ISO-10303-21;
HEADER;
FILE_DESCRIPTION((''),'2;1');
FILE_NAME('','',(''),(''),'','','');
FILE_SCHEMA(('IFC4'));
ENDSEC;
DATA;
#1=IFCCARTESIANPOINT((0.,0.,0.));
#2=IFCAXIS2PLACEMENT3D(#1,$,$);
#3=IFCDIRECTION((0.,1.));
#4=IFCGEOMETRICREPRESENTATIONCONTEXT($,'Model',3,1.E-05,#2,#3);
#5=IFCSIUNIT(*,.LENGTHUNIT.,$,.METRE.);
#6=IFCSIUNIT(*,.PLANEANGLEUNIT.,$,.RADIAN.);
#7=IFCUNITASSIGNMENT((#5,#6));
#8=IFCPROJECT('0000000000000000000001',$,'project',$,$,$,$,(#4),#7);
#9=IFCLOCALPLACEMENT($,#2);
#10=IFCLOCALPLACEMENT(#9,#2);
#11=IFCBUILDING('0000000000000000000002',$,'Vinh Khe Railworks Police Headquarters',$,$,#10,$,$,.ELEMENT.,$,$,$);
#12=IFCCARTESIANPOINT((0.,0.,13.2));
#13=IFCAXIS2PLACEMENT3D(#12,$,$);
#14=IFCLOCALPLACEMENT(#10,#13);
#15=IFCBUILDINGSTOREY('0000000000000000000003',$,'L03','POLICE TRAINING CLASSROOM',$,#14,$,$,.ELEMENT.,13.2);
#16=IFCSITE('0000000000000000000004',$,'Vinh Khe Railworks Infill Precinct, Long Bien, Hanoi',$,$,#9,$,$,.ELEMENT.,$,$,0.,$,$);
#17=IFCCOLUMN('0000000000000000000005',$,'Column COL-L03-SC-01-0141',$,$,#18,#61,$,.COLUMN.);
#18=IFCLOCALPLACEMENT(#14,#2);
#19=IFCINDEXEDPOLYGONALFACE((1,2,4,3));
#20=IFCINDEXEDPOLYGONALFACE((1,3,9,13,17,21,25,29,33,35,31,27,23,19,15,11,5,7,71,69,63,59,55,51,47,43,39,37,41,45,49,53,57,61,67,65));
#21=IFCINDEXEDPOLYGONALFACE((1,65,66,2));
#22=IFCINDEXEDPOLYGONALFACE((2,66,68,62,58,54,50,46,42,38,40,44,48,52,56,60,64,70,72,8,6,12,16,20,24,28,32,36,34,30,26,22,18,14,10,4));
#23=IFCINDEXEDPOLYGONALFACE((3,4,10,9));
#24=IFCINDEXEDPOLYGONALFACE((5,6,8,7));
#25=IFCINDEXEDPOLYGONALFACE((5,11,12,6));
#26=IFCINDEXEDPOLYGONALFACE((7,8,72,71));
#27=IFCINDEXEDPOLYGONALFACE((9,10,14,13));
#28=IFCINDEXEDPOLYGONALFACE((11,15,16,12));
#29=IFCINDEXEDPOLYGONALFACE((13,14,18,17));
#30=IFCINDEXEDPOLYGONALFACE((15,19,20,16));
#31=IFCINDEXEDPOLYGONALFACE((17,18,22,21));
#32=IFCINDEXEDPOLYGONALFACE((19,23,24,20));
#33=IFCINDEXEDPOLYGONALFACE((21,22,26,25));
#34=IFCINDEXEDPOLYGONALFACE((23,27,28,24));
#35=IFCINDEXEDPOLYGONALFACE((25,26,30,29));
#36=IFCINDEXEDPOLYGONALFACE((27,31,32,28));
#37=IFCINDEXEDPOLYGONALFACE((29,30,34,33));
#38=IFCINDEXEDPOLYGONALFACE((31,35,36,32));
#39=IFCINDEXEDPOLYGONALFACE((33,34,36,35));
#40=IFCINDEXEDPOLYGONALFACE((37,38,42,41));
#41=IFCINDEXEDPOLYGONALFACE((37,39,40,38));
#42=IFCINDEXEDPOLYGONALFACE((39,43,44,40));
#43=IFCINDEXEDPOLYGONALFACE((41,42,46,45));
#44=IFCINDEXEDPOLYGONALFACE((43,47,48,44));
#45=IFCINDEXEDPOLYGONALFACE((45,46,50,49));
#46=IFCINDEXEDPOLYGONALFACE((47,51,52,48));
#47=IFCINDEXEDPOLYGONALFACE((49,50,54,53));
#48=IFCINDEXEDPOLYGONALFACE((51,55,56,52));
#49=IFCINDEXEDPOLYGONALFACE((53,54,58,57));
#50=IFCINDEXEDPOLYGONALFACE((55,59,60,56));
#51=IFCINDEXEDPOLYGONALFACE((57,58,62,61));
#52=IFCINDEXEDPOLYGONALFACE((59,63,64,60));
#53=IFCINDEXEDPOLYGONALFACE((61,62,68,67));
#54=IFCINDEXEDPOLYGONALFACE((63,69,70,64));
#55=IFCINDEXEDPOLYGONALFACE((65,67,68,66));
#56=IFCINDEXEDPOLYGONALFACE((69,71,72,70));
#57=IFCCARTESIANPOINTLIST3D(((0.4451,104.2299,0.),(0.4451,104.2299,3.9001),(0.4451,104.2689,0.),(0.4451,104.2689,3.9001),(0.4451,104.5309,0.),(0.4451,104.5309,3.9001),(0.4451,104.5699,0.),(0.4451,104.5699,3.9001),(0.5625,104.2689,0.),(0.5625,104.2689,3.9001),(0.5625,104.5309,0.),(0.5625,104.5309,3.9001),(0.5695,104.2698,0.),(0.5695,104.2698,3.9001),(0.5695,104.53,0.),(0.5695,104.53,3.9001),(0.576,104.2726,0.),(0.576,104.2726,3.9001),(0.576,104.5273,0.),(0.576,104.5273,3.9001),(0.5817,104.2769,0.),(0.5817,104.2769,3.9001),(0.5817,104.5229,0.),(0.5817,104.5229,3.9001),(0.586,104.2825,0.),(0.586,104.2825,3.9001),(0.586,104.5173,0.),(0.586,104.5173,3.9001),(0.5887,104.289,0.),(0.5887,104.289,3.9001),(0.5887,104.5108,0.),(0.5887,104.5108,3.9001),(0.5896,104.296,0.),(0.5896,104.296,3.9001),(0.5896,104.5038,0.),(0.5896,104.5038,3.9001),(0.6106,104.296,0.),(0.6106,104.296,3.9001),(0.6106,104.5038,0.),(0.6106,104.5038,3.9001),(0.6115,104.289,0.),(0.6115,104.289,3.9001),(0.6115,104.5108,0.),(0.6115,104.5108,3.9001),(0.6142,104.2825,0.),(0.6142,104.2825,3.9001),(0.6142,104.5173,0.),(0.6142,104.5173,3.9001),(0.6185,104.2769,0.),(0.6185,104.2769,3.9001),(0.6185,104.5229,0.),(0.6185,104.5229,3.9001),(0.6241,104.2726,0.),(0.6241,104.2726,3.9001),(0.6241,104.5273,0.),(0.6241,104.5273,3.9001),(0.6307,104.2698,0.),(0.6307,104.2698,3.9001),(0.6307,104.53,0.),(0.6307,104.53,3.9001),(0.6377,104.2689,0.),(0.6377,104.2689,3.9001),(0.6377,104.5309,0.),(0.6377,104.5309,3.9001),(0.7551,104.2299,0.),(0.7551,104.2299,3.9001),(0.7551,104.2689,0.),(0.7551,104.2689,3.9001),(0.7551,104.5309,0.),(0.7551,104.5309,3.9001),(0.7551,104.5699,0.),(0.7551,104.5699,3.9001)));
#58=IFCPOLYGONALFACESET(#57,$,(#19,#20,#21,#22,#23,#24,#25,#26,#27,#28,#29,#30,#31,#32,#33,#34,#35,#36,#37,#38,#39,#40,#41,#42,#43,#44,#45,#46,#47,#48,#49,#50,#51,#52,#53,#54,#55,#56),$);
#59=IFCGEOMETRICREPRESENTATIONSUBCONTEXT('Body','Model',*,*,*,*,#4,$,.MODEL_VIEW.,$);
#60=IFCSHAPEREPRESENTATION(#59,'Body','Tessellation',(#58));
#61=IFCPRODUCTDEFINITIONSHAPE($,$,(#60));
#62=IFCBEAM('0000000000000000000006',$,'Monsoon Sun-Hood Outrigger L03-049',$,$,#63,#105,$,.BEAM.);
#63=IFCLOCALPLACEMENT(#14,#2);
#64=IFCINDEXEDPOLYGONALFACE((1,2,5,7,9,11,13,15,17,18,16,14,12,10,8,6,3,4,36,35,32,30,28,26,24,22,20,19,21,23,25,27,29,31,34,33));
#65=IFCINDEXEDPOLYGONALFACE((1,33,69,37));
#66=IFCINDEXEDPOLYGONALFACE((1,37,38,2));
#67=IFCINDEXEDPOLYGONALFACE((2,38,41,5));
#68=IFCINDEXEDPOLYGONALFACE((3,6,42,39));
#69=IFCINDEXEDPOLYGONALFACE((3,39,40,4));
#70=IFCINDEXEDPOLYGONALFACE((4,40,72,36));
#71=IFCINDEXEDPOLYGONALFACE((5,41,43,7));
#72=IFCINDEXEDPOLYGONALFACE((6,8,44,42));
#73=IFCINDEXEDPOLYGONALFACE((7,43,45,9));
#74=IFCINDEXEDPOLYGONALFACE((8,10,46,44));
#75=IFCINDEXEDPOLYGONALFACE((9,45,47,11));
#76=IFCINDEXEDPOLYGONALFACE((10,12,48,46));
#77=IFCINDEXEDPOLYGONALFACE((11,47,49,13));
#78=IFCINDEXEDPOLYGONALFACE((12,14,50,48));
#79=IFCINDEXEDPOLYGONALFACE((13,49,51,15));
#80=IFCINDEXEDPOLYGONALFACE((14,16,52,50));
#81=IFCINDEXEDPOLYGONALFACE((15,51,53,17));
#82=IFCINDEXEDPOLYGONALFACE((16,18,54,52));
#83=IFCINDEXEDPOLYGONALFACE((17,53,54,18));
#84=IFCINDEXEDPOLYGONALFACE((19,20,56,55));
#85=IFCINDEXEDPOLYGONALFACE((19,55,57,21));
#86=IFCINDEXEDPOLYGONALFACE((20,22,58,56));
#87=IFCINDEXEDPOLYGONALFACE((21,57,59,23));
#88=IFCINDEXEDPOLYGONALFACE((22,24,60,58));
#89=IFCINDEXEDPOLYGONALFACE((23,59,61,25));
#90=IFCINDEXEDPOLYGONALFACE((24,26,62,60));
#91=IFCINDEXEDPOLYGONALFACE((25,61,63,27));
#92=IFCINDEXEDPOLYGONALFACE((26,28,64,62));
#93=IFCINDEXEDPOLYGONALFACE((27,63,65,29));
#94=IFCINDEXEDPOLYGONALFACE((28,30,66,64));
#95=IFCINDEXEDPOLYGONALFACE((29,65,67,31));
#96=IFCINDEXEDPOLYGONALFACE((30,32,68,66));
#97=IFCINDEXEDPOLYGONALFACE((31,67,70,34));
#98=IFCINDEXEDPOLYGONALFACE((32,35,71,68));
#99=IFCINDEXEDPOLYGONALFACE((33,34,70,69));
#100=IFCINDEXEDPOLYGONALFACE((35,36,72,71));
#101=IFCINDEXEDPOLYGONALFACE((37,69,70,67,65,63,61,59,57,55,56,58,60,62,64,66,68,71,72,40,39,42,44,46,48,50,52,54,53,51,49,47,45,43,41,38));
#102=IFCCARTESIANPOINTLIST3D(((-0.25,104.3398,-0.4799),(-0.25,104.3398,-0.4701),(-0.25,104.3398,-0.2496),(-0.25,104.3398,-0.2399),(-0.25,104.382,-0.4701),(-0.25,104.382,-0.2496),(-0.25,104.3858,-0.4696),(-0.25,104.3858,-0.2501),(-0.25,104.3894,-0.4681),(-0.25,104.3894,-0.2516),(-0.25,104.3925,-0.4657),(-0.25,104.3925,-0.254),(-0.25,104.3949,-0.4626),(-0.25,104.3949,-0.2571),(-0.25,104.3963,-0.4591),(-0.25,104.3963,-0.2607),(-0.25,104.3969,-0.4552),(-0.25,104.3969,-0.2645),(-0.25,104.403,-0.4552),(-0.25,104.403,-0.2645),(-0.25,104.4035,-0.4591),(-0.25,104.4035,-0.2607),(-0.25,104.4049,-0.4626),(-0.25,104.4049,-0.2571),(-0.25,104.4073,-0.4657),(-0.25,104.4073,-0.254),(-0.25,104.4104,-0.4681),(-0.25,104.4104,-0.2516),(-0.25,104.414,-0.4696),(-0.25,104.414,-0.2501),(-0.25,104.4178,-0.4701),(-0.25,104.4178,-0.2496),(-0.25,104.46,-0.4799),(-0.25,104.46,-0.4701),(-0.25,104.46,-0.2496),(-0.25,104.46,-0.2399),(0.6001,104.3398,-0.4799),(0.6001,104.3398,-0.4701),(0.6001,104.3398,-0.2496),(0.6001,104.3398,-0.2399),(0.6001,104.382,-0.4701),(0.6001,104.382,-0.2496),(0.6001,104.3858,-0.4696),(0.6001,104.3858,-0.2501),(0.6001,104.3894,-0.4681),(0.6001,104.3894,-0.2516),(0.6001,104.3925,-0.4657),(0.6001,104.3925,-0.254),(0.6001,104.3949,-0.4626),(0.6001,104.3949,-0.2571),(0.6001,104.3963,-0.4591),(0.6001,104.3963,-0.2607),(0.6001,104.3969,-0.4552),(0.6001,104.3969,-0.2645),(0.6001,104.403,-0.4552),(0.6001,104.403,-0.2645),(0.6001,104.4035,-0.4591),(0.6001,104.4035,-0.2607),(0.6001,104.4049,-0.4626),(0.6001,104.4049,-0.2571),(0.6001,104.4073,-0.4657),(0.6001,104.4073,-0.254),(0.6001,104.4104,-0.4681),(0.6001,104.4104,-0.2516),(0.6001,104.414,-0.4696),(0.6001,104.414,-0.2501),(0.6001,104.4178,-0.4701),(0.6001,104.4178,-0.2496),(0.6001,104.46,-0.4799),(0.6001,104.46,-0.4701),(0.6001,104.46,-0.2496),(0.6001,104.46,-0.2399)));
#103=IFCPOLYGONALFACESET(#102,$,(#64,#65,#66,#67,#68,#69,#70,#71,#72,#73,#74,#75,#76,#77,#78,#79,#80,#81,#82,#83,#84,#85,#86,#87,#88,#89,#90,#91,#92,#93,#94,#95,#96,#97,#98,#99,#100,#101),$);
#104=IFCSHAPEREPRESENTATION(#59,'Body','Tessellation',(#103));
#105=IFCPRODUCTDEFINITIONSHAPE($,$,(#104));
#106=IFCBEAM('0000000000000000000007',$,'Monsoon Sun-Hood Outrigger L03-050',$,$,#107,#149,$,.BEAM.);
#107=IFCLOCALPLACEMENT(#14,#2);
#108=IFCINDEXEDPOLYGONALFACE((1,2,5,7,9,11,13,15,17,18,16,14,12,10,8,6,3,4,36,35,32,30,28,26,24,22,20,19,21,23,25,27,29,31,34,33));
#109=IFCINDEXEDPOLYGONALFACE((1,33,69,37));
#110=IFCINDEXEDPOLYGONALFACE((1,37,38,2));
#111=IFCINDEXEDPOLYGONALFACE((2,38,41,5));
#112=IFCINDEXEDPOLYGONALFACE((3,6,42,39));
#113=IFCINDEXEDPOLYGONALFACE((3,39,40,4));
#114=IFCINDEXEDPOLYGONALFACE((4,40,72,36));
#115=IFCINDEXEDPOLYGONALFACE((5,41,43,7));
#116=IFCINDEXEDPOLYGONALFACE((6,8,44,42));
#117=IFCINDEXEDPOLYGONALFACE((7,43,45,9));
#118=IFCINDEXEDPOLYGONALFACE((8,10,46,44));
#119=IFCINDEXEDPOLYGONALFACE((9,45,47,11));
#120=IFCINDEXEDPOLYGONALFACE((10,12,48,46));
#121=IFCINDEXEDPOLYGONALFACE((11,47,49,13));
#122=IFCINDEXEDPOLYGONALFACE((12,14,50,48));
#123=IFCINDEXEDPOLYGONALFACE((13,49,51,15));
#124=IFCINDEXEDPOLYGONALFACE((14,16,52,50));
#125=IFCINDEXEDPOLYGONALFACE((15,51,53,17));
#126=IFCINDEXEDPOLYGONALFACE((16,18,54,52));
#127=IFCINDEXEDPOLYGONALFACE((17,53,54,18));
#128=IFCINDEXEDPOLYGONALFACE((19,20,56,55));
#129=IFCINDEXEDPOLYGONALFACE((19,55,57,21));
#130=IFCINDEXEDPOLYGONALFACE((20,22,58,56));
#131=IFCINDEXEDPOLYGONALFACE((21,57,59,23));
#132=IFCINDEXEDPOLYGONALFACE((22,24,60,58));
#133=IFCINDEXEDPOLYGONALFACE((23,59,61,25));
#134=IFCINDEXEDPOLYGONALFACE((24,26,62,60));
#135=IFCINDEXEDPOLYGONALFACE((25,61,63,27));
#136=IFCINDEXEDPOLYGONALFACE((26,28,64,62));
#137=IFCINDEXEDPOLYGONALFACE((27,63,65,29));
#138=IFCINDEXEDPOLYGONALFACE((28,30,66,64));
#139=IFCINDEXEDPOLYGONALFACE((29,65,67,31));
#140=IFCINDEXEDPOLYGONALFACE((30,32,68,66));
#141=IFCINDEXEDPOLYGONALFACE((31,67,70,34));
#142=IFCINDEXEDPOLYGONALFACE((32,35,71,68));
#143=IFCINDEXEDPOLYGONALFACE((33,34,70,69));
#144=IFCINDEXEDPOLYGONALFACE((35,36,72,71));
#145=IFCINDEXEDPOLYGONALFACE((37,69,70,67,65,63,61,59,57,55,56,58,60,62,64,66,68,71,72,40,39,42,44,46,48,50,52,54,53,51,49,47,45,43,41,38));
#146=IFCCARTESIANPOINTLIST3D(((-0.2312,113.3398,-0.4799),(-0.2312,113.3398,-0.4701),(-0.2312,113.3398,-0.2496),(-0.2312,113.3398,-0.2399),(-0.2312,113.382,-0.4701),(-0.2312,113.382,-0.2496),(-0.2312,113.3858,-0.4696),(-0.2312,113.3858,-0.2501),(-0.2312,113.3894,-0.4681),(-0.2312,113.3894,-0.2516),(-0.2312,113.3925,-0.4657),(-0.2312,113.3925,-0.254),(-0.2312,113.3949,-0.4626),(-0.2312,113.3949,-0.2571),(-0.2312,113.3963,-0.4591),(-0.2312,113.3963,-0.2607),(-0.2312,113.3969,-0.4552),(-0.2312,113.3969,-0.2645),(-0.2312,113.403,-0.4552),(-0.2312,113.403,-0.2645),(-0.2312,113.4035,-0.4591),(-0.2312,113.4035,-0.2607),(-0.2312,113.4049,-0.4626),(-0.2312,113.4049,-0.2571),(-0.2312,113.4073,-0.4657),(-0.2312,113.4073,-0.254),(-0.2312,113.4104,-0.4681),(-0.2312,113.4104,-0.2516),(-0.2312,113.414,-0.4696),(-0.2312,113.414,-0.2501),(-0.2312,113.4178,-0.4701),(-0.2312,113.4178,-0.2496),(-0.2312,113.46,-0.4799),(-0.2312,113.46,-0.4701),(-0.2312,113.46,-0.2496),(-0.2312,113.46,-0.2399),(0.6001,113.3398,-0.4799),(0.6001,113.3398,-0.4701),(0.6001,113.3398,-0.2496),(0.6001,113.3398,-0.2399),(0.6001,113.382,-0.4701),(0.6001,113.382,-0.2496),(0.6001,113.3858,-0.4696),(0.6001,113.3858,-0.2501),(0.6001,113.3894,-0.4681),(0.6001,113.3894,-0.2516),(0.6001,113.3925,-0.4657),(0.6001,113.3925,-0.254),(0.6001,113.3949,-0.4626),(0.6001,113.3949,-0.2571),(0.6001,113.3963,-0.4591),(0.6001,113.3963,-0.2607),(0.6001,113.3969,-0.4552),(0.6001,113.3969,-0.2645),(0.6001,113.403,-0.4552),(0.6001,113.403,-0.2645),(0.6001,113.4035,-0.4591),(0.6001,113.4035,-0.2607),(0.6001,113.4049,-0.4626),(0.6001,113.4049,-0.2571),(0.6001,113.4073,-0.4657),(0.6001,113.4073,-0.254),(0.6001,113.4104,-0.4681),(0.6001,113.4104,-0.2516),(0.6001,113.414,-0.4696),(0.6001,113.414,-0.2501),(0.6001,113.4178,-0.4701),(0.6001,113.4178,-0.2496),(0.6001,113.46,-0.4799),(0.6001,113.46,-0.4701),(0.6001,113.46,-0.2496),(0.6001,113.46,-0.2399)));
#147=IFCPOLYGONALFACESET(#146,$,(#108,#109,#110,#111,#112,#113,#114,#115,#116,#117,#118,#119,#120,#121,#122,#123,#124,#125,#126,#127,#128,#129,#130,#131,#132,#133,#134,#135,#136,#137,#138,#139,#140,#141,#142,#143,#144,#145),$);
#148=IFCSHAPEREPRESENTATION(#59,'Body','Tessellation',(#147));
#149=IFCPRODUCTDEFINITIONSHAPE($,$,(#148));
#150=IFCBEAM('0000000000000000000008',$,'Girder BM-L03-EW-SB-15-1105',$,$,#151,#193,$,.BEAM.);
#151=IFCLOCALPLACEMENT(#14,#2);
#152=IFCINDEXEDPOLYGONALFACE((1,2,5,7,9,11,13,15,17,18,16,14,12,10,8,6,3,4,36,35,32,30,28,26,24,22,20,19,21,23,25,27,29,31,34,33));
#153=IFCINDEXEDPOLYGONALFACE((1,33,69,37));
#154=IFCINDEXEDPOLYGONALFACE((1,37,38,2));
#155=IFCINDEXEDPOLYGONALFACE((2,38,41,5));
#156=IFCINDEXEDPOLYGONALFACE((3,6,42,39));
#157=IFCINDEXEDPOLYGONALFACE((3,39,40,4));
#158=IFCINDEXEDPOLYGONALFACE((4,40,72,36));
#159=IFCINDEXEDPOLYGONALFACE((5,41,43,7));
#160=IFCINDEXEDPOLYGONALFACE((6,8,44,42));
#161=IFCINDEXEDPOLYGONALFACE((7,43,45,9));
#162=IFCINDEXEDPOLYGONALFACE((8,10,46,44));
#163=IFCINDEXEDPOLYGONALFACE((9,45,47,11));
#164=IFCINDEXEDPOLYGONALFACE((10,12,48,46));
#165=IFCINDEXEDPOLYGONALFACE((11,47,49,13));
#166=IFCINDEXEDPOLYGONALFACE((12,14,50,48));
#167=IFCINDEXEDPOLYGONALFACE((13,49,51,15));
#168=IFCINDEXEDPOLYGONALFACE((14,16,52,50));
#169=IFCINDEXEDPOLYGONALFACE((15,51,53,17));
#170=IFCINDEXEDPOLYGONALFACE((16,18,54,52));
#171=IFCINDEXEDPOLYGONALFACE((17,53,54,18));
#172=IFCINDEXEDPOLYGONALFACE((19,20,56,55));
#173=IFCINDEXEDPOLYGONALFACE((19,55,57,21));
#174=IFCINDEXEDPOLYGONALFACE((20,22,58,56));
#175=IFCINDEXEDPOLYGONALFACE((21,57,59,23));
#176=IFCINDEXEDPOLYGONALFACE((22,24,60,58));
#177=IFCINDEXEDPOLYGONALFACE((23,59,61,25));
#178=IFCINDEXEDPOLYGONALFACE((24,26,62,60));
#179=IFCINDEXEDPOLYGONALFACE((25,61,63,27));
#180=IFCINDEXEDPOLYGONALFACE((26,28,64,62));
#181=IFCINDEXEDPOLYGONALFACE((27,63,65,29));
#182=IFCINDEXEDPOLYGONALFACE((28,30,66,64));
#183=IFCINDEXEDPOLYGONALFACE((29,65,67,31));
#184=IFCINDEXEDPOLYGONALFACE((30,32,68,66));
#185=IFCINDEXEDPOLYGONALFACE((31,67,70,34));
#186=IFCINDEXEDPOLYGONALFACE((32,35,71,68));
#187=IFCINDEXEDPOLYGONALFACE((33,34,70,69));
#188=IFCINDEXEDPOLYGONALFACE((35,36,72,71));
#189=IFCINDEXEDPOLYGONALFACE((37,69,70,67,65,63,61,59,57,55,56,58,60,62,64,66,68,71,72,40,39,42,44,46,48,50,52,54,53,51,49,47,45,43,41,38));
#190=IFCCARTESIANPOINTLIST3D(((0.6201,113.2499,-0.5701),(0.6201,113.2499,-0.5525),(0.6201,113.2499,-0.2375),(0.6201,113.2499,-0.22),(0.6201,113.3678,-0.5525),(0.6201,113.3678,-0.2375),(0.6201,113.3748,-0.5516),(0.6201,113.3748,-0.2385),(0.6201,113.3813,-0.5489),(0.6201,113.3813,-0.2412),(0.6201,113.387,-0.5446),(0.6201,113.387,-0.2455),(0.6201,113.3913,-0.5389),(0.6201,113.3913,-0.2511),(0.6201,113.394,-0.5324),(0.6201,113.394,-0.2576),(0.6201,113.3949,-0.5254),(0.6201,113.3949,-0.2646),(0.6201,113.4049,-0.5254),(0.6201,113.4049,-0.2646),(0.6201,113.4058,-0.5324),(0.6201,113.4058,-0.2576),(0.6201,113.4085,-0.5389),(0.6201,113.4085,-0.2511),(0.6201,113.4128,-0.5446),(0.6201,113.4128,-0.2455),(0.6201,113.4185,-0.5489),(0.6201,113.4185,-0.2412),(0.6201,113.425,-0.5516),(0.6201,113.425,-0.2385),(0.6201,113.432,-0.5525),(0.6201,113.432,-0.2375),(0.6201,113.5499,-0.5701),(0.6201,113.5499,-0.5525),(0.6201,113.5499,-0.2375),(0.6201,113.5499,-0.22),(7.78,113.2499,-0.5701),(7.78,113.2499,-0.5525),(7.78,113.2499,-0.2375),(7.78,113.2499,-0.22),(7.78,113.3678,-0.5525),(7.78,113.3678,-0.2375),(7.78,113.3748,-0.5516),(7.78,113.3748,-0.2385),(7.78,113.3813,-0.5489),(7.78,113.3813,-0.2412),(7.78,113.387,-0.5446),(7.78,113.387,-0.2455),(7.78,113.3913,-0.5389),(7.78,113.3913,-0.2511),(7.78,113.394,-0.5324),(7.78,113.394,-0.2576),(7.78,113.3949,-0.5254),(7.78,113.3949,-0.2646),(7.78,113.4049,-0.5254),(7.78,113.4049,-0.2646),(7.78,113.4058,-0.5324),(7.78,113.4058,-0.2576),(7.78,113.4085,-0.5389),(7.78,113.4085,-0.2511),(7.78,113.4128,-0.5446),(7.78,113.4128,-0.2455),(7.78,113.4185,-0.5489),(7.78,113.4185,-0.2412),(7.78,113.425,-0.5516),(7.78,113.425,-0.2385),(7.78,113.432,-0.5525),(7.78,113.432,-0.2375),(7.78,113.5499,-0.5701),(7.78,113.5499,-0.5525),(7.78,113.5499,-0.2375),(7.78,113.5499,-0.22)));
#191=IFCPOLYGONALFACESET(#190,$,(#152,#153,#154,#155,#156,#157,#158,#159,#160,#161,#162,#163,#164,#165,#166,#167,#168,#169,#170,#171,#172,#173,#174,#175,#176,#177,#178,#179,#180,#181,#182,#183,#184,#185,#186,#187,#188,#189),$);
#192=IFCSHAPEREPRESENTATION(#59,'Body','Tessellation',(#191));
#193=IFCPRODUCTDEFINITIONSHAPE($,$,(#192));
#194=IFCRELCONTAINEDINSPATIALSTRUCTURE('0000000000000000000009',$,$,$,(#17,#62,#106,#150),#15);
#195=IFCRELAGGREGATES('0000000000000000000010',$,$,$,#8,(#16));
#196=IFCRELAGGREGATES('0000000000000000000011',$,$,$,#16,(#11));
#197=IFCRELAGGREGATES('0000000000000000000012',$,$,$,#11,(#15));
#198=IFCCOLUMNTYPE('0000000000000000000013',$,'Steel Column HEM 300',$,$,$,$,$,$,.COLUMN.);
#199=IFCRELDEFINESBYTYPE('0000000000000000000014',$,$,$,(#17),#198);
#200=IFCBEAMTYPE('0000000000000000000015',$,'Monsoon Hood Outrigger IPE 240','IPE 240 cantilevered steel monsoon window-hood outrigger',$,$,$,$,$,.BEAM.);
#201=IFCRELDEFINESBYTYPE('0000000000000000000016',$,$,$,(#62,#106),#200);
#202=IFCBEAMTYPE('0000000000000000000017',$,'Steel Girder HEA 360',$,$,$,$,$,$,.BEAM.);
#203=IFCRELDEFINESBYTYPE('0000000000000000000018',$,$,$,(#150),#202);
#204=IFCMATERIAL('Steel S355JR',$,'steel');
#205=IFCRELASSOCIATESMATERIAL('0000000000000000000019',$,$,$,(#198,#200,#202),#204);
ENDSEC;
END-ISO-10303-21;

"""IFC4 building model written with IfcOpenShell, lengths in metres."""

from ifc_helpers import new_model, si_unit, direction, frame, origin, origin_2d, place, context, subcontext, project, spatial, i_section, extrude, material, material_profile, profile_set, type_object, element, save


model = new_model("IFC4")

# Units and contexts
model_context = context("Model", 3, precision=1e-05, world=origin(), true_north=direction((0.0, 1.0)))
body_context = subcontext(model_context, "Body", "Model", "MODEL_VIEW")
ifc_project = project(units=[si_unit("LENGTHUNIT", "METRE"), si_unit("PLANEANGLEUNIT", "RADIAN")], contexts=[model_context])

# Site, building, storey
site_placement = place(None, origin())
site = spatial("IfcSite", under=ifc_project, at=site_placement, Name="Vinh Khe Railworks Infill Precinct, Long Bien, Hanoi", CompositionType="ELEMENT", RefElevation=0.0)
building_placement = place(site_placement, origin())
building = spatial("IfcBuilding", under=site, at=building_placement, Name="Vinh Khe Railworks Police Headquarters", CompositionType="ELEMENT")
storey_placement = place(building_placement, frame((0.0, 0.0, 13.2)))
storey = spatial("IfcBuildingStorey", under=building, at=storey_placement, Name="L03", Description="POLICE TRAINING CLASSROOM", CompositionType="ELEMENT", Elevation=13.2)

# Column
ifc_material_1 = material(Name="Steel S355JR", Category="steel")
ifc_material_profile_1 = material_profile(ifc_material_1, i_section(OverallWidth=0.3101, OverallDepth=0.3401, WebThickness=0.021, FlangeThickness=0.0391, FilletRadius=0.0271, at=origin_2d()), Name="HEM 300")
ifc_profile_set_1 = profile_set([ifc_material_profile_1], Name="Steel S355JR")
column_type_1 = type_object("IfcColumnType", Name="Steel Column HEM 300", PredefinedType="COLUMN", material=ifc_profile_set_1)
column_1_placement = place(storey_placement, frame((0.6001, 104.3999, 0.0), z_axis=(0.0, 0.0, 1.0), x_axis=(1.0, 0.0, 0.0)))
element("IfcColumn", 1, at=column_1_placement, inside=storey, type_object=column_type_1, Name="Column COL-L03-SC-01-0141", PredefinedType="COLUMN", context=body_context, shape_type="SweptSolid", body=[
    extrude(i_section(OverallWidth=0.3101, OverallDepth=0.3401, WebThickness=0.021, FlangeThickness=0.0391, FilletRadius=0.0271, at=origin_2d()), origin(), (0.0, 0.0, 1.0), 3.9001),
])

# Beams
ifc_material_profile_2 = material_profile(ifc_material_1, i_section(OverallWidth=0.1201, OverallDepth=0.24, WebThickness=0.0061, FlangeThickness=0.0098, FilletRadius=0.0149, at=origin_2d()), Name="IPE 240")
ifc_profile_set_2 = profile_set([ifc_material_profile_2], Name="Steel S355JR")
beam_type_1 = type_object("IfcBeamType", Name="Monsoon Hood Outrigger IPE 240", Description="IPE 240 cantilevered steel monsoon window-hood outrigger", PredefinedType="BEAM", material=ifc_profile_set_2)
beam_1_placement = place(storey_placement, frame((-0.25, 104.3999, -0.3599), z_axis=(1.0, 0.0, 0.0), x_axis=(0.0, 1.0, 0.0)))
element("IfcBeam", 2, at=beam_1_placement, inside=storey, type_object=beam_type_1, Name="Monsoon Sun-Hood Outrigger L03-049", PredefinedType="BEAM", context=body_context, shape_type="SweptSolid", body=[
    extrude(i_section(OverallWidth=0.1201, OverallDepth=0.24, WebThickness=0.0061, FlangeThickness=0.0098, FilletRadius=0.0149, at=origin_2d()), origin(), (0.0, 0.0, 1.0), 0.8501),
])
beam_2_placement = place(storey_placement, frame((-0.2312, 113.3999, -0.3599), z_axis=(1.0, 0.0, 0.0), x_axis=(0.0, 1.0, 0.0)))
element("IfcBeam", 3, at=beam_2_placement, inside=storey, type_object=beam_type_1, Name="Monsoon Sun-Hood Outrigger L03-050", PredefinedType="BEAM", context=body_context, shape_type="SweptSolid", body=[
    extrude(i_section(OverallWidth=0.1201, OverallDepth=0.24, WebThickness=0.0061, FlangeThickness=0.0098, FilletRadius=0.0149, at=origin_2d()), origin(), (0.0, 0.0, 1.0), 0.8313),
])
ifc_material_profile_3 = material_profile(ifc_material_1, i_section(OverallWidth=0.3, OverallDepth=0.3501, WebThickness=0.01, FlangeThickness=0.0176, FilletRadius=0.0271, at=origin_2d()), Name="HEA 360")
ifc_profile_set_3 = profile_set([ifc_material_profile_3], Name="Steel S355JR")
beam_type_2 = type_object("IfcBeamType", Name="Steel Girder HEA 360", PredefinedType="BEAM", material=ifc_profile_set_3)
beam_3_placement = place(storey_placement, frame((0.6201, 113.3999, -0.395), z_axis=(1.0, 0.0, 0.0), x_axis=(0.0, 1.0, 0.0)))
element("IfcBeam", 4, at=beam_3_placement, inside=storey, type_object=beam_type_2, Name="Girder BM-L03-EW-SB-15-1105", PredefinedType="BEAM", context=body_context, shape_type="SweptSolid", body=[
    extrude(i_section(OverallWidth=0.3, OverallDepth=0.3501, WebThickness=0.01, FlangeThickness=0.0176, FilletRadius=0.0271, at=origin_2d()), origin(), (0.0, 0.0, 1.0), 7.1599),
])

save(model, "model.ifc")
